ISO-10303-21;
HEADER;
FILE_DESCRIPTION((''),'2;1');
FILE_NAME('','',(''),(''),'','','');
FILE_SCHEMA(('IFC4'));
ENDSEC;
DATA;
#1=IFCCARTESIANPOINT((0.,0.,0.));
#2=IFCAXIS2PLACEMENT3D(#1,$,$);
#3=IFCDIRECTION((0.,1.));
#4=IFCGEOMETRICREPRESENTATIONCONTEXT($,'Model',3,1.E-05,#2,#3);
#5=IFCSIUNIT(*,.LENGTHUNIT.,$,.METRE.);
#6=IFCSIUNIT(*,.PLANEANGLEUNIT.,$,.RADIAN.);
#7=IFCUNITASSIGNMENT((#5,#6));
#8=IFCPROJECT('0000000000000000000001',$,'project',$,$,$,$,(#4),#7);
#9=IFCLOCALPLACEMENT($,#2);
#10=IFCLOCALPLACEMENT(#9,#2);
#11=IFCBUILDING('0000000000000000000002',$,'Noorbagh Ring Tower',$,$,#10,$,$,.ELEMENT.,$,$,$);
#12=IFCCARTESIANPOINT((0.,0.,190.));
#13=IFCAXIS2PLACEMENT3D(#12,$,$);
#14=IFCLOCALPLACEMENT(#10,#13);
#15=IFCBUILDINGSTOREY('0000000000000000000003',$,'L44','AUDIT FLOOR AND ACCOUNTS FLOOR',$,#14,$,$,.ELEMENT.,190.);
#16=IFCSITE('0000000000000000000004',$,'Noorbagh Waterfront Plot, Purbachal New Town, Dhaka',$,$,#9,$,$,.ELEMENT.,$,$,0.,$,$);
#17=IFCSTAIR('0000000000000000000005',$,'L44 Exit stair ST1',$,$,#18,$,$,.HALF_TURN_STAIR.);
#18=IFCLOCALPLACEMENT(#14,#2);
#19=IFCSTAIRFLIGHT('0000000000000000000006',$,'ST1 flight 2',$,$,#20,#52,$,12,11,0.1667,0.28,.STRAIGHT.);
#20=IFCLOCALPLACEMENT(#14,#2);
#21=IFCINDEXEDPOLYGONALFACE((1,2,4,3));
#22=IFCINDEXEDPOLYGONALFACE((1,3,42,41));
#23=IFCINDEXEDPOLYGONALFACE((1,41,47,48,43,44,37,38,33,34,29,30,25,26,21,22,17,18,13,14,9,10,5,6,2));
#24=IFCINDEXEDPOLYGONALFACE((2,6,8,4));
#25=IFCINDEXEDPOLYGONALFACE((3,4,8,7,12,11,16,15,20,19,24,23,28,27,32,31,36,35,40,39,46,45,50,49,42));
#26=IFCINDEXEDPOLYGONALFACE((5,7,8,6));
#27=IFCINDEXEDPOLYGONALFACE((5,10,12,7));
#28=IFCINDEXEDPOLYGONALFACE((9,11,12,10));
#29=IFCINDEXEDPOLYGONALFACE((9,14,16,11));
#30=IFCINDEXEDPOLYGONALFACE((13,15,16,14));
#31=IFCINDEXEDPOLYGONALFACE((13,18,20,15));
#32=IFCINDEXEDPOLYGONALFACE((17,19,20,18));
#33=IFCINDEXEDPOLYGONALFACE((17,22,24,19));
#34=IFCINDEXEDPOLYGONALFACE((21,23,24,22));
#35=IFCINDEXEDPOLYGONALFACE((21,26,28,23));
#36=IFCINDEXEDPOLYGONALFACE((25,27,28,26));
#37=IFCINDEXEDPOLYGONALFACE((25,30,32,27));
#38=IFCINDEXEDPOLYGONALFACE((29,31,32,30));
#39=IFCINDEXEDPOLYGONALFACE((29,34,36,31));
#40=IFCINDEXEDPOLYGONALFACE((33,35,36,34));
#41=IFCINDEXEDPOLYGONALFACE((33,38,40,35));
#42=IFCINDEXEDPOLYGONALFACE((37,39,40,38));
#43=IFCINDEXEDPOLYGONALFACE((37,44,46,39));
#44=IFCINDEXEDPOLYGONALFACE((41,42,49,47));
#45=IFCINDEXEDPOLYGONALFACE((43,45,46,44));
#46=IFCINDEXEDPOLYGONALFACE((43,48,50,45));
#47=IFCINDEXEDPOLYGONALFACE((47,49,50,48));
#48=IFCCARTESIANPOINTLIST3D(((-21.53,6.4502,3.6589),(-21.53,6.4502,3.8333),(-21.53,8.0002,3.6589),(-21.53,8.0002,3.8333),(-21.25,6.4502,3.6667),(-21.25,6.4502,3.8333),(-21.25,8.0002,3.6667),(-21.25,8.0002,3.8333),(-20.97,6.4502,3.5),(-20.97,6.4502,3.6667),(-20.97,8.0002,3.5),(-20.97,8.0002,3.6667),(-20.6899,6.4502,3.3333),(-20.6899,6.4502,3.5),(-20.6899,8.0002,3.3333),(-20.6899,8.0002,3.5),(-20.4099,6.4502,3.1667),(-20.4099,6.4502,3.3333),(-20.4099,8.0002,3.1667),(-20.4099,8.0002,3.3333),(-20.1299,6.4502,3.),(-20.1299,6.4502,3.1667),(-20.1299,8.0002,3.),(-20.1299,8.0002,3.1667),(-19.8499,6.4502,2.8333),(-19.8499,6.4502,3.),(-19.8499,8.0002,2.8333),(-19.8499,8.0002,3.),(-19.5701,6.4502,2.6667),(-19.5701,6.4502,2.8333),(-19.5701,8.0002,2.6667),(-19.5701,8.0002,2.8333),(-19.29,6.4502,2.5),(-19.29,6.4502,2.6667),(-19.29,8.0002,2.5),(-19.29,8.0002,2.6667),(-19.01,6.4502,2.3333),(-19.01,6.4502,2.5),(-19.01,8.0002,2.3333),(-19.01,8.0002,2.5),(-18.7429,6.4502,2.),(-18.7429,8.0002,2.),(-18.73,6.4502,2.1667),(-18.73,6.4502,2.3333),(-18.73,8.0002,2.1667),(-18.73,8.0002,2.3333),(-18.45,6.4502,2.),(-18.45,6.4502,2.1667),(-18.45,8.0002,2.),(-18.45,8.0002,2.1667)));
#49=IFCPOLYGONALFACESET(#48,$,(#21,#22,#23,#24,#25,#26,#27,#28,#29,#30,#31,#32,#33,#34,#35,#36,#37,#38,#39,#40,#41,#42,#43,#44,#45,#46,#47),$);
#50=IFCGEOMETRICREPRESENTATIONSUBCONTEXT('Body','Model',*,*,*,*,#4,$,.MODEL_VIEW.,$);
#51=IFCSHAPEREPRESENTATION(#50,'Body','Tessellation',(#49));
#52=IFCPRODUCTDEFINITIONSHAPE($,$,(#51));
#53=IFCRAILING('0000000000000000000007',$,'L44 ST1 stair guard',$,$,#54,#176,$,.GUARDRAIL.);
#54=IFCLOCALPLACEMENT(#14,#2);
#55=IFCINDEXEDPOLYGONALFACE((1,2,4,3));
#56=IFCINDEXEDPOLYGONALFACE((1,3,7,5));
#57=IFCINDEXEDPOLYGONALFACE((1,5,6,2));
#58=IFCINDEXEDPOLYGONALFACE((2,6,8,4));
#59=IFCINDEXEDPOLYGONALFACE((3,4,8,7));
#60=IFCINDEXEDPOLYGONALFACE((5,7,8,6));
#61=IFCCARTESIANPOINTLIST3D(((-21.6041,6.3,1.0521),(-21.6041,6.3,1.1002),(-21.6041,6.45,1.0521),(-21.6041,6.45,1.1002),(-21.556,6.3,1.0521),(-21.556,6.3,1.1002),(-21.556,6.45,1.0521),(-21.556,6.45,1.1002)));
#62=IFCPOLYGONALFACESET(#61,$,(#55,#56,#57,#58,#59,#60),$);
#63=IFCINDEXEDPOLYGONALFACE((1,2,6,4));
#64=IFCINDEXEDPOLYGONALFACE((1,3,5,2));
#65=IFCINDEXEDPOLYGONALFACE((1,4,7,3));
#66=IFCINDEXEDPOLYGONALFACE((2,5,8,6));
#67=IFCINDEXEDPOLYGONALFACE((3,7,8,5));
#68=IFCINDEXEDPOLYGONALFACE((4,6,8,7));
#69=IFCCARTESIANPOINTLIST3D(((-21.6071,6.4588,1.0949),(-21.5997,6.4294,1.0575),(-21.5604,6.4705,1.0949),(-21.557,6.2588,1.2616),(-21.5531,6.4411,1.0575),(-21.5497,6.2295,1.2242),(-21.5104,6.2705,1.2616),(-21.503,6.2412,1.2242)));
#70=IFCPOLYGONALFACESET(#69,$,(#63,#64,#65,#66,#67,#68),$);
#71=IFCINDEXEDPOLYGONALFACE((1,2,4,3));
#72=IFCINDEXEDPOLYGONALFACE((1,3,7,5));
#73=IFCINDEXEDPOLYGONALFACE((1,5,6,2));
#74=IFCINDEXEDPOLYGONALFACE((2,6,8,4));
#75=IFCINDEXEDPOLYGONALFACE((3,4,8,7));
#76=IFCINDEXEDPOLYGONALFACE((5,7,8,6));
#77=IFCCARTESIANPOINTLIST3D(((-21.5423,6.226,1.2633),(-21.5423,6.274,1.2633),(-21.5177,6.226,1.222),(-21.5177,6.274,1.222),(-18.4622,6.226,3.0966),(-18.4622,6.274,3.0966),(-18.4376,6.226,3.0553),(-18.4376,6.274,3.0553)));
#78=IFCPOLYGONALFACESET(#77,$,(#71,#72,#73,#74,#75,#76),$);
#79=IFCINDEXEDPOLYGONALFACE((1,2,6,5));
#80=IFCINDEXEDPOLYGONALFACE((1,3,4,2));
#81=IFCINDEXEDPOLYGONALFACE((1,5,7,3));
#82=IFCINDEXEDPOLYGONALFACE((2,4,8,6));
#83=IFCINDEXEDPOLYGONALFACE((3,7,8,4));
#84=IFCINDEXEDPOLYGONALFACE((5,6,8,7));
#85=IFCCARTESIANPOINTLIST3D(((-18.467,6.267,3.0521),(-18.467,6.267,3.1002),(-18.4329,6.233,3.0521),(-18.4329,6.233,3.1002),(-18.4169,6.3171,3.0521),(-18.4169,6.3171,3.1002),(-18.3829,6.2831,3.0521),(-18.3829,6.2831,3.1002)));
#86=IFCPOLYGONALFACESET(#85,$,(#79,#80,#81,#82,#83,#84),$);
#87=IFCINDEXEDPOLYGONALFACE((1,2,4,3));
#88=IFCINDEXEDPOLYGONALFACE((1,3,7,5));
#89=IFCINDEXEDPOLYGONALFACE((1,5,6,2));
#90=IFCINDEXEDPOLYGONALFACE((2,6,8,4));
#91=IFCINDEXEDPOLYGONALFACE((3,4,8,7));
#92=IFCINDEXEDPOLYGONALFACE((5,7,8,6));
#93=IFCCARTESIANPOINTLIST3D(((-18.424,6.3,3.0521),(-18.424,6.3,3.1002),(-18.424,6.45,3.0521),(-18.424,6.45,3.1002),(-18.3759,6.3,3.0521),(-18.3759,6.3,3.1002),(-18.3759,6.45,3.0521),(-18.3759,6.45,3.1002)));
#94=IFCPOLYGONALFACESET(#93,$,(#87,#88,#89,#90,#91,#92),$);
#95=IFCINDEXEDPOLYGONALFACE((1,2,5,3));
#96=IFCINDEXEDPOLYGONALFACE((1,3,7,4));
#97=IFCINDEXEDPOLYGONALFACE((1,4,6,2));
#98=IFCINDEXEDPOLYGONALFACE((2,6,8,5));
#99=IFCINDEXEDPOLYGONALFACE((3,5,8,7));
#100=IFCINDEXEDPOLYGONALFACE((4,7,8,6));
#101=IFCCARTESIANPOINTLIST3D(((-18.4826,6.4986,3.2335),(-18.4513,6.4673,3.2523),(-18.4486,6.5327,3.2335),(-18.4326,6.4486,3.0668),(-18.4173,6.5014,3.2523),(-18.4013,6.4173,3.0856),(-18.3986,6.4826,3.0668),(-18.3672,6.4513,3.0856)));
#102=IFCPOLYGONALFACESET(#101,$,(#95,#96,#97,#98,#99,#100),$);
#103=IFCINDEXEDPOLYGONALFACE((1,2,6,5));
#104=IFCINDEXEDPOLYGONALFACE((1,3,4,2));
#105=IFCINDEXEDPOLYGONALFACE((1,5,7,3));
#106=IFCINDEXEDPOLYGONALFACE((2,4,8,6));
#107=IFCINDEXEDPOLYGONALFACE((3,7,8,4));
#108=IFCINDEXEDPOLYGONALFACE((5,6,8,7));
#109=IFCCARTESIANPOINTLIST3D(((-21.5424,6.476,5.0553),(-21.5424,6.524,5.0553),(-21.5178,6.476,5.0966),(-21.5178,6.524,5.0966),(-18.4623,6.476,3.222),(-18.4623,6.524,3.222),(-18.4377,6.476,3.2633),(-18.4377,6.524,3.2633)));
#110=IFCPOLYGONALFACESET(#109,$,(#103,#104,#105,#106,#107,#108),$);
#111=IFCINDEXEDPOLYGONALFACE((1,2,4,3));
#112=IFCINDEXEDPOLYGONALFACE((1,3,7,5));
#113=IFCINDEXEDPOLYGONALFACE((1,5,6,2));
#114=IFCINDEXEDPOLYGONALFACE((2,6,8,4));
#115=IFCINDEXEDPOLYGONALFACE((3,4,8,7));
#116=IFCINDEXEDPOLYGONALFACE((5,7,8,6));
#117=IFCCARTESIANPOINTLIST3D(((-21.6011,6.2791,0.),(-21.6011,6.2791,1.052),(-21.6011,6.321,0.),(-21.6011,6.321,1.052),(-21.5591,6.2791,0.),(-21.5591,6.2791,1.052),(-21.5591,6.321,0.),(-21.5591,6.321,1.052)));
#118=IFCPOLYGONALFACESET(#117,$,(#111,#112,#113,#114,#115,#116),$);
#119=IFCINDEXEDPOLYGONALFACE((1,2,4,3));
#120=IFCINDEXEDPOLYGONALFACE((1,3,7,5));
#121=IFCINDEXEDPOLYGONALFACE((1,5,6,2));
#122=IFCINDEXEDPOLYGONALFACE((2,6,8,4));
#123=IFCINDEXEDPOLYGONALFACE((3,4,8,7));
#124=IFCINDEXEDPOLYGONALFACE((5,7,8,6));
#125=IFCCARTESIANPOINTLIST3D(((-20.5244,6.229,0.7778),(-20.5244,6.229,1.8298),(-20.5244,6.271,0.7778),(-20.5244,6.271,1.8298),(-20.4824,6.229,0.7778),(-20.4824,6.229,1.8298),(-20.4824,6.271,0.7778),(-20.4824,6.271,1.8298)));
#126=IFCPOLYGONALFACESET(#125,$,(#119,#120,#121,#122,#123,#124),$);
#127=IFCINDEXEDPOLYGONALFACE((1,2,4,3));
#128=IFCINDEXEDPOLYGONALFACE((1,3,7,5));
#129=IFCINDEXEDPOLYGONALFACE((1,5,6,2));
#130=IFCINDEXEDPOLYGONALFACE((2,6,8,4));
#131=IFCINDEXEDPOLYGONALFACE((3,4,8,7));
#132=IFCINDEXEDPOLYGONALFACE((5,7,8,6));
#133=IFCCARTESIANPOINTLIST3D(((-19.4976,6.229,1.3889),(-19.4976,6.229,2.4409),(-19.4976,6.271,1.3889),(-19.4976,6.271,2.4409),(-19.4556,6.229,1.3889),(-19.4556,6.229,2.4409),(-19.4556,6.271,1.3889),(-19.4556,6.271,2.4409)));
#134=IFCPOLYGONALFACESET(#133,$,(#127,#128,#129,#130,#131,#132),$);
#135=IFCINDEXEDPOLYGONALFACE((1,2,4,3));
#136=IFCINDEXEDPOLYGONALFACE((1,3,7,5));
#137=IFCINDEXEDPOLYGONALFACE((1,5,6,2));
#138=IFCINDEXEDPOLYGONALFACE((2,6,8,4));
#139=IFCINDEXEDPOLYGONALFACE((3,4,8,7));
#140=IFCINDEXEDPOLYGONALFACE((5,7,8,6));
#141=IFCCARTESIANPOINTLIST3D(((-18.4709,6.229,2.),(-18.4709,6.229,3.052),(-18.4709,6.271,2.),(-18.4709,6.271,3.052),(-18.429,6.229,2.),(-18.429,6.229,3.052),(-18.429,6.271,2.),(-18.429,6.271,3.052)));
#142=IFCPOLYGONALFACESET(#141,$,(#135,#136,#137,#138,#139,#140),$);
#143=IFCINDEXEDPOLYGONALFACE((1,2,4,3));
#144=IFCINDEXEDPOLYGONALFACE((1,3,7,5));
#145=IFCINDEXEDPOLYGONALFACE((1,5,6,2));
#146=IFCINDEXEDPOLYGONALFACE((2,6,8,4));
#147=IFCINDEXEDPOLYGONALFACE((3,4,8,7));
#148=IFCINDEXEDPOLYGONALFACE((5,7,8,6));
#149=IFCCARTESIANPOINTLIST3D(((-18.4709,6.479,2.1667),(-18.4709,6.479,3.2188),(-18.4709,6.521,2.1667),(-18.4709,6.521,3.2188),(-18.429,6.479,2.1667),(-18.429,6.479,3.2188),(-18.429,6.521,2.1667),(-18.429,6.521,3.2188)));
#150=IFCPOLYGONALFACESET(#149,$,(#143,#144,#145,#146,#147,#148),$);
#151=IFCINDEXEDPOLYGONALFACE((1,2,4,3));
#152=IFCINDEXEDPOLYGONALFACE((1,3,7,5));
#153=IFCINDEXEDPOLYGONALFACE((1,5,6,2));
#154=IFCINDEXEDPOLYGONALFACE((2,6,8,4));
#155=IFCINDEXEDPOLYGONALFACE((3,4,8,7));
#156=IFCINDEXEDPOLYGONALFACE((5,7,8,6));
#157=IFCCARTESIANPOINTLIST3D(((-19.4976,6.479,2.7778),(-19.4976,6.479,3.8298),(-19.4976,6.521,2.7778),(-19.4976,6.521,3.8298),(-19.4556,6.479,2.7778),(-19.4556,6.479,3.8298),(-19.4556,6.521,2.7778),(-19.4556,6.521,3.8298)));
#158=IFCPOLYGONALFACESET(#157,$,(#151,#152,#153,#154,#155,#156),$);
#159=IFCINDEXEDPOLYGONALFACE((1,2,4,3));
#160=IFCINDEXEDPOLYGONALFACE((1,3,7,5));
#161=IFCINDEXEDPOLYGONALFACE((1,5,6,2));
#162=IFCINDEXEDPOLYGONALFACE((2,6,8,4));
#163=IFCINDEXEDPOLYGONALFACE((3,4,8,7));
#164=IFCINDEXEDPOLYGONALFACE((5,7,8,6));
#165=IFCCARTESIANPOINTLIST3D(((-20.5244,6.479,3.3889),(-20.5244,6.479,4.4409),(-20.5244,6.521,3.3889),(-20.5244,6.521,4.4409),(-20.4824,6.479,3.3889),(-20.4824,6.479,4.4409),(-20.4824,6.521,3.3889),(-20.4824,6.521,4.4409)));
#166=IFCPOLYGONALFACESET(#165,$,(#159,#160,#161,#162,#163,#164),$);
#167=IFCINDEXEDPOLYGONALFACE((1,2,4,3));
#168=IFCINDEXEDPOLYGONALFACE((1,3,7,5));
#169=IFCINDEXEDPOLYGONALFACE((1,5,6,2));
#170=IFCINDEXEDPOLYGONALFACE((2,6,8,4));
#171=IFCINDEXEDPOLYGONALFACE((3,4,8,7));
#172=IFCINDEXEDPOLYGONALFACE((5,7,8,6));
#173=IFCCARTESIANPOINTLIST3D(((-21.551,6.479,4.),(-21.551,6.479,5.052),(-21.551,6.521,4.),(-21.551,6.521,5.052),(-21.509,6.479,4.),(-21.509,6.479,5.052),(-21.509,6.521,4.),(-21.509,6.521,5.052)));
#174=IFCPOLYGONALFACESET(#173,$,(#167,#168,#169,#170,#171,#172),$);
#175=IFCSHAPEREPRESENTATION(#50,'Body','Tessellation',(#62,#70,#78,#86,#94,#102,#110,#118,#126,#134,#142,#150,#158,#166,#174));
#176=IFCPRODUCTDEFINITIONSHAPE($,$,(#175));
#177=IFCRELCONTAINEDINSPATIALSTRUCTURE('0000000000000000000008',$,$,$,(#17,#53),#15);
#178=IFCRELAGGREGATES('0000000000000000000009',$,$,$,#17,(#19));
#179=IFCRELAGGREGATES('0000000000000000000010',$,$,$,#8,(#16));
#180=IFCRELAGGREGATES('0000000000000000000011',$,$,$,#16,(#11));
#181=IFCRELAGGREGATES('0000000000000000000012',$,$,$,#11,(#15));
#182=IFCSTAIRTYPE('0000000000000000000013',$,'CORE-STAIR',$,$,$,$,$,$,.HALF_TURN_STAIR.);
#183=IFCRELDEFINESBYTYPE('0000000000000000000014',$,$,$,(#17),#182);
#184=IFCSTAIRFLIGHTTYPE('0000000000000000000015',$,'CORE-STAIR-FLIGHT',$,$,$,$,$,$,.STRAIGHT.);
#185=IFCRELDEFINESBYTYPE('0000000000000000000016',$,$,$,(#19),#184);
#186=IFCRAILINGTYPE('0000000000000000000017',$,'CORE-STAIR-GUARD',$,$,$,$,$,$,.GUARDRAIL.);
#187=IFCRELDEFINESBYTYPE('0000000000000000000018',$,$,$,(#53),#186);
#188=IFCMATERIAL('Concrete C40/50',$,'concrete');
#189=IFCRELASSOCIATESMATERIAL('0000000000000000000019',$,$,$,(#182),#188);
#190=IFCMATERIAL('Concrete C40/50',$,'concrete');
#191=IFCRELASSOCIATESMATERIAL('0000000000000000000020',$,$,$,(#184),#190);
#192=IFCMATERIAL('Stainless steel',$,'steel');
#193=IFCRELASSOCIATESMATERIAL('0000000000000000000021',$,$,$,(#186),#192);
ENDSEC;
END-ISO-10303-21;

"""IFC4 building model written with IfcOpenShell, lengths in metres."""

from ifc_helpers import new_model, si_unit, direction, frame, origin, origin_2d, place, context, subcontext, project, spatial, polyline, rectangle, outline, extrude, material, type_object, element, aggregate, save


model = new_model("IFC4")

# Units and contexts
model_context = context("Model", 3, precision=1e-05, world=origin(), true_north=direction((0.0, 1.0)))
body_context = subcontext(model_context, "Body", "Model", "MODEL_VIEW")
ifc_project = project(units=[si_unit("LENGTHUNIT", "METRE"), si_unit("PLANEANGLEUNIT", "RADIAN")], contexts=[model_context])

# Site, building, storey
site_placement = place(None, origin())
site = spatial("IfcSite", under=ifc_project, at=site_placement, Name="Noorbagh Waterfront Plot, Purbachal New Town, Dhaka", CompositionType="ELEMENT", RefElevation=0.0)
building_placement = place(site_placement, origin())
building = spatial("IfcBuilding", under=site, at=building_placement, Name="Noorbagh Ring Tower", CompositionType="ELEMENT")
storey_placement = place(building_placement, frame((0.0, 0.0, 190.0)))
storey = spatial("IfcBuildingStorey", under=building, at=storey_placement, Name="L44", Description="AUDIT FLOOR AND ACCOUNTS FLOOR", CompositionType="ELEMENT", Elevation=190.0)

# Stair, stair flight
ifc_material_1 = material(Name="Concrete C40/50", Category="concrete")
stair_type = type_object("IfcStairType", Name="CORE-STAIR", PredefinedType="HALF_TURN_STAIR", material=ifc_material_1)
stair_placement = place(storey_placement, origin())
stair = element("IfcStair", 1, at=stair_placement, inside=storey, type_object=stair_type, Name="L44 Exit stair ST1", PredefinedType="HALF_TURN_STAIR")
ifc_material_2 = material(Name="Concrete C40/50", Category="concrete")
stair_flight_type = type_object("IfcStairFlightType", Name="CORE-STAIR-FLIGHT", PredefinedType="STRAIGHT", material=ifc_material_2)
stair_flight_1_placement = place(storey_placement, frame((-18.45, 7.2251, 2.0), z_axis=(0.0, 0.0, 1.0), x_axis=(-1.0, 0.0, 0.0)))
stair_flight_1 = element("IfcStairFlight", 2, at=stair_flight_1_placement, type_object=stair_flight_type, Name="ST1 flight 2", NumberOfRisers=12, NumberOfTreads=11, PredefinedType="STRAIGHT", RiserHeight=0.1667, TreadLength=0.28, context=body_context, shape_type="SweptSolid", body=[
    extrude(outline(polyline([(0.0, 0.0), (0.0, 0.1667), (0.28, 0.1667), (0.28, 0.3333), (0.5601, 0.3333), (0.5601, 0.5), (0.8401, 0.5), (0.8401, 0.6667), (1.1201, 0.6667), (1.1201, 0.8333), (1.3999, 0.8333), (1.3999, 1.0), (1.6799, 1.0), (1.6799, 1.1667), (1.96, 1.1667), (1.96, 1.3333), (2.24, 1.3333), (2.24, 1.5), (2.52, 1.5), (2.52, 1.6667), (2.8, 1.6667), (2.8, 1.8333), (3.0801, 1.8333), (3.0801, 2.0), (3.0801, 1.6589), (0.293, 0.0), (0.0, 0.0)])), frame((0.0, 0.7749, 0.0), z_axis=(0.0, -1.0, 0.0), x_axis=(1.0, 0.0, 0.0)), (0.0, 0.0, 1.0), 1.55),
])
aggregate(stair, [stair_flight_1])

# Railing
ifc_material_3 = material(Name="Stainless steel", Category="steel")
railing_type_1 = type_object("IfcRailingType", Name="CORE-STAIR-GUARD", PredefinedType="GUARDRAIL", material=ifc_material_3)
railing_1_placement = place(storey_placement, frame((-21.5801, 6.3, 0.0)))
element("IfcRailing", 3, at=railing_1_placement, inside=storey, type_object=railing_type_1, Name="L44 ST1 stair guard", PredefinedType="GUARDRAIL", context=body_context, shape_type="SweptSolid", body=[
    extrude(rectangle(XDim=0.0481, YDim=0.0481, at=origin_2d()), frame((0.0, 0.0, 1.0762), z_axis=(0.0, 1.0, 0.0), x_axis=(-1.0, 0.0, 0.0)), (0.0, 0.0, 1.0), 0.1499),
    extrude(rectangle(XDim=0.0481, YDim=0.0481, at=origin_2d()), frame((0.0, 0.1499, 1.0762), z_axis=(0.188776, -0.754182, 0.628946), x_axis=(0.970073, 0.242814, 0.0)), (0.0, 0.0, 1.0), 0.2651),
    extrude(rectangle(XDim=0.0481, YDim=0.0481, at=origin_2d()), frame((0.05, -0.05, 1.2427), z_axis=(0.859309, 0.0, 0.511458), x_axis=(0.0, 1.0, 0.0)), (0.0, 0.0, 1.0), 3.5845),
    extrude(rectangle(XDim=0.0481, YDim=0.0481, at=origin_2d()), frame((3.1301, -0.05, 3.0762), z_axis=(0.707107, 0.707107, 0.0), x_axis=(-0.707107, 0.707107, 0.0)), (0.0, 0.0, 1.0), 0.0708),
    extrude(rectangle(XDim=0.0481, YDim=0.0481, at=origin_2d()), frame((3.1802, 0.0, 3.0762), z_axis=(0.0, 1.0, 0.0), x_axis=(-1.0, 0.0, 0.0)), (0.0, 0.0, 1.0), 0.1499),
    extrude(rectangle(XDim=0.0481, YDim=0.0481, at=origin_2d()), frame((3.1802, 0.1499, 3.0762), z_axis=(-0.276287, 0.276287, 0.920506), x_axis=(-0.707107, -0.707107, 0.0)), (0.0, 0.0, 1.0), 0.1812),
    extrude(rectangle(XDim=0.0481, YDim=0.0481, at=origin_2d()), frame((3.1301, 0.2, 3.2427), z_axis=(-0.859309, 0.0, 0.511458), x_axis=(0.0, -1.0, 0.0)), (0.0, 0.0, 1.0), 3.5845),
    extrude(rectangle(XDim=0.042, YDim=0.042, at=origin_2d()), origin(), (0.0, 0.0, 1.0), 1.052),
    extrude(rectangle(XDim=0.042, YDim=0.042, at=origin_2d()), frame((1.0767, -0.05, 0.7778)), (0.0, 0.0, 1.0), 1.052),
    extrude(rectangle(XDim=0.042, YDim=0.042, at=origin_2d()), frame((2.1035, -0.05, 1.3889)), (0.0, 0.0, 1.0), 1.052),
    extrude(rectangle(XDim=0.042, YDim=0.042, at=origin_2d()), frame((3.1301, -0.05, 2.0)), (0.0, 0.0, 1.0), 1.052),
    extrude(rectangle(XDim=0.042, YDim=0.042, at=origin_2d()), frame((3.1301, 0.2, 2.1667)), (0.0, 0.0, 1.0), 1.052),
    extrude(rectangle(XDim=0.042, YDim=0.042, at=origin_2d()), frame((2.1035, 0.2, 2.7778)), (0.0, 0.0, 1.0), 1.052),
    extrude(rectangle(XDim=0.042, YDim=0.042, at=origin_2d()), frame((1.0767, 0.2, 3.3889)), (0.0, 0.0, 1.0), 1.052),
    extrude(rectangle(XDim=0.042, YDim=0.042, at=origin_2d()), frame((0.05, 0.2, 4.0)), (0.0, 0.0, 1.0), 1.052),
])

save(model, "model.ifc")
